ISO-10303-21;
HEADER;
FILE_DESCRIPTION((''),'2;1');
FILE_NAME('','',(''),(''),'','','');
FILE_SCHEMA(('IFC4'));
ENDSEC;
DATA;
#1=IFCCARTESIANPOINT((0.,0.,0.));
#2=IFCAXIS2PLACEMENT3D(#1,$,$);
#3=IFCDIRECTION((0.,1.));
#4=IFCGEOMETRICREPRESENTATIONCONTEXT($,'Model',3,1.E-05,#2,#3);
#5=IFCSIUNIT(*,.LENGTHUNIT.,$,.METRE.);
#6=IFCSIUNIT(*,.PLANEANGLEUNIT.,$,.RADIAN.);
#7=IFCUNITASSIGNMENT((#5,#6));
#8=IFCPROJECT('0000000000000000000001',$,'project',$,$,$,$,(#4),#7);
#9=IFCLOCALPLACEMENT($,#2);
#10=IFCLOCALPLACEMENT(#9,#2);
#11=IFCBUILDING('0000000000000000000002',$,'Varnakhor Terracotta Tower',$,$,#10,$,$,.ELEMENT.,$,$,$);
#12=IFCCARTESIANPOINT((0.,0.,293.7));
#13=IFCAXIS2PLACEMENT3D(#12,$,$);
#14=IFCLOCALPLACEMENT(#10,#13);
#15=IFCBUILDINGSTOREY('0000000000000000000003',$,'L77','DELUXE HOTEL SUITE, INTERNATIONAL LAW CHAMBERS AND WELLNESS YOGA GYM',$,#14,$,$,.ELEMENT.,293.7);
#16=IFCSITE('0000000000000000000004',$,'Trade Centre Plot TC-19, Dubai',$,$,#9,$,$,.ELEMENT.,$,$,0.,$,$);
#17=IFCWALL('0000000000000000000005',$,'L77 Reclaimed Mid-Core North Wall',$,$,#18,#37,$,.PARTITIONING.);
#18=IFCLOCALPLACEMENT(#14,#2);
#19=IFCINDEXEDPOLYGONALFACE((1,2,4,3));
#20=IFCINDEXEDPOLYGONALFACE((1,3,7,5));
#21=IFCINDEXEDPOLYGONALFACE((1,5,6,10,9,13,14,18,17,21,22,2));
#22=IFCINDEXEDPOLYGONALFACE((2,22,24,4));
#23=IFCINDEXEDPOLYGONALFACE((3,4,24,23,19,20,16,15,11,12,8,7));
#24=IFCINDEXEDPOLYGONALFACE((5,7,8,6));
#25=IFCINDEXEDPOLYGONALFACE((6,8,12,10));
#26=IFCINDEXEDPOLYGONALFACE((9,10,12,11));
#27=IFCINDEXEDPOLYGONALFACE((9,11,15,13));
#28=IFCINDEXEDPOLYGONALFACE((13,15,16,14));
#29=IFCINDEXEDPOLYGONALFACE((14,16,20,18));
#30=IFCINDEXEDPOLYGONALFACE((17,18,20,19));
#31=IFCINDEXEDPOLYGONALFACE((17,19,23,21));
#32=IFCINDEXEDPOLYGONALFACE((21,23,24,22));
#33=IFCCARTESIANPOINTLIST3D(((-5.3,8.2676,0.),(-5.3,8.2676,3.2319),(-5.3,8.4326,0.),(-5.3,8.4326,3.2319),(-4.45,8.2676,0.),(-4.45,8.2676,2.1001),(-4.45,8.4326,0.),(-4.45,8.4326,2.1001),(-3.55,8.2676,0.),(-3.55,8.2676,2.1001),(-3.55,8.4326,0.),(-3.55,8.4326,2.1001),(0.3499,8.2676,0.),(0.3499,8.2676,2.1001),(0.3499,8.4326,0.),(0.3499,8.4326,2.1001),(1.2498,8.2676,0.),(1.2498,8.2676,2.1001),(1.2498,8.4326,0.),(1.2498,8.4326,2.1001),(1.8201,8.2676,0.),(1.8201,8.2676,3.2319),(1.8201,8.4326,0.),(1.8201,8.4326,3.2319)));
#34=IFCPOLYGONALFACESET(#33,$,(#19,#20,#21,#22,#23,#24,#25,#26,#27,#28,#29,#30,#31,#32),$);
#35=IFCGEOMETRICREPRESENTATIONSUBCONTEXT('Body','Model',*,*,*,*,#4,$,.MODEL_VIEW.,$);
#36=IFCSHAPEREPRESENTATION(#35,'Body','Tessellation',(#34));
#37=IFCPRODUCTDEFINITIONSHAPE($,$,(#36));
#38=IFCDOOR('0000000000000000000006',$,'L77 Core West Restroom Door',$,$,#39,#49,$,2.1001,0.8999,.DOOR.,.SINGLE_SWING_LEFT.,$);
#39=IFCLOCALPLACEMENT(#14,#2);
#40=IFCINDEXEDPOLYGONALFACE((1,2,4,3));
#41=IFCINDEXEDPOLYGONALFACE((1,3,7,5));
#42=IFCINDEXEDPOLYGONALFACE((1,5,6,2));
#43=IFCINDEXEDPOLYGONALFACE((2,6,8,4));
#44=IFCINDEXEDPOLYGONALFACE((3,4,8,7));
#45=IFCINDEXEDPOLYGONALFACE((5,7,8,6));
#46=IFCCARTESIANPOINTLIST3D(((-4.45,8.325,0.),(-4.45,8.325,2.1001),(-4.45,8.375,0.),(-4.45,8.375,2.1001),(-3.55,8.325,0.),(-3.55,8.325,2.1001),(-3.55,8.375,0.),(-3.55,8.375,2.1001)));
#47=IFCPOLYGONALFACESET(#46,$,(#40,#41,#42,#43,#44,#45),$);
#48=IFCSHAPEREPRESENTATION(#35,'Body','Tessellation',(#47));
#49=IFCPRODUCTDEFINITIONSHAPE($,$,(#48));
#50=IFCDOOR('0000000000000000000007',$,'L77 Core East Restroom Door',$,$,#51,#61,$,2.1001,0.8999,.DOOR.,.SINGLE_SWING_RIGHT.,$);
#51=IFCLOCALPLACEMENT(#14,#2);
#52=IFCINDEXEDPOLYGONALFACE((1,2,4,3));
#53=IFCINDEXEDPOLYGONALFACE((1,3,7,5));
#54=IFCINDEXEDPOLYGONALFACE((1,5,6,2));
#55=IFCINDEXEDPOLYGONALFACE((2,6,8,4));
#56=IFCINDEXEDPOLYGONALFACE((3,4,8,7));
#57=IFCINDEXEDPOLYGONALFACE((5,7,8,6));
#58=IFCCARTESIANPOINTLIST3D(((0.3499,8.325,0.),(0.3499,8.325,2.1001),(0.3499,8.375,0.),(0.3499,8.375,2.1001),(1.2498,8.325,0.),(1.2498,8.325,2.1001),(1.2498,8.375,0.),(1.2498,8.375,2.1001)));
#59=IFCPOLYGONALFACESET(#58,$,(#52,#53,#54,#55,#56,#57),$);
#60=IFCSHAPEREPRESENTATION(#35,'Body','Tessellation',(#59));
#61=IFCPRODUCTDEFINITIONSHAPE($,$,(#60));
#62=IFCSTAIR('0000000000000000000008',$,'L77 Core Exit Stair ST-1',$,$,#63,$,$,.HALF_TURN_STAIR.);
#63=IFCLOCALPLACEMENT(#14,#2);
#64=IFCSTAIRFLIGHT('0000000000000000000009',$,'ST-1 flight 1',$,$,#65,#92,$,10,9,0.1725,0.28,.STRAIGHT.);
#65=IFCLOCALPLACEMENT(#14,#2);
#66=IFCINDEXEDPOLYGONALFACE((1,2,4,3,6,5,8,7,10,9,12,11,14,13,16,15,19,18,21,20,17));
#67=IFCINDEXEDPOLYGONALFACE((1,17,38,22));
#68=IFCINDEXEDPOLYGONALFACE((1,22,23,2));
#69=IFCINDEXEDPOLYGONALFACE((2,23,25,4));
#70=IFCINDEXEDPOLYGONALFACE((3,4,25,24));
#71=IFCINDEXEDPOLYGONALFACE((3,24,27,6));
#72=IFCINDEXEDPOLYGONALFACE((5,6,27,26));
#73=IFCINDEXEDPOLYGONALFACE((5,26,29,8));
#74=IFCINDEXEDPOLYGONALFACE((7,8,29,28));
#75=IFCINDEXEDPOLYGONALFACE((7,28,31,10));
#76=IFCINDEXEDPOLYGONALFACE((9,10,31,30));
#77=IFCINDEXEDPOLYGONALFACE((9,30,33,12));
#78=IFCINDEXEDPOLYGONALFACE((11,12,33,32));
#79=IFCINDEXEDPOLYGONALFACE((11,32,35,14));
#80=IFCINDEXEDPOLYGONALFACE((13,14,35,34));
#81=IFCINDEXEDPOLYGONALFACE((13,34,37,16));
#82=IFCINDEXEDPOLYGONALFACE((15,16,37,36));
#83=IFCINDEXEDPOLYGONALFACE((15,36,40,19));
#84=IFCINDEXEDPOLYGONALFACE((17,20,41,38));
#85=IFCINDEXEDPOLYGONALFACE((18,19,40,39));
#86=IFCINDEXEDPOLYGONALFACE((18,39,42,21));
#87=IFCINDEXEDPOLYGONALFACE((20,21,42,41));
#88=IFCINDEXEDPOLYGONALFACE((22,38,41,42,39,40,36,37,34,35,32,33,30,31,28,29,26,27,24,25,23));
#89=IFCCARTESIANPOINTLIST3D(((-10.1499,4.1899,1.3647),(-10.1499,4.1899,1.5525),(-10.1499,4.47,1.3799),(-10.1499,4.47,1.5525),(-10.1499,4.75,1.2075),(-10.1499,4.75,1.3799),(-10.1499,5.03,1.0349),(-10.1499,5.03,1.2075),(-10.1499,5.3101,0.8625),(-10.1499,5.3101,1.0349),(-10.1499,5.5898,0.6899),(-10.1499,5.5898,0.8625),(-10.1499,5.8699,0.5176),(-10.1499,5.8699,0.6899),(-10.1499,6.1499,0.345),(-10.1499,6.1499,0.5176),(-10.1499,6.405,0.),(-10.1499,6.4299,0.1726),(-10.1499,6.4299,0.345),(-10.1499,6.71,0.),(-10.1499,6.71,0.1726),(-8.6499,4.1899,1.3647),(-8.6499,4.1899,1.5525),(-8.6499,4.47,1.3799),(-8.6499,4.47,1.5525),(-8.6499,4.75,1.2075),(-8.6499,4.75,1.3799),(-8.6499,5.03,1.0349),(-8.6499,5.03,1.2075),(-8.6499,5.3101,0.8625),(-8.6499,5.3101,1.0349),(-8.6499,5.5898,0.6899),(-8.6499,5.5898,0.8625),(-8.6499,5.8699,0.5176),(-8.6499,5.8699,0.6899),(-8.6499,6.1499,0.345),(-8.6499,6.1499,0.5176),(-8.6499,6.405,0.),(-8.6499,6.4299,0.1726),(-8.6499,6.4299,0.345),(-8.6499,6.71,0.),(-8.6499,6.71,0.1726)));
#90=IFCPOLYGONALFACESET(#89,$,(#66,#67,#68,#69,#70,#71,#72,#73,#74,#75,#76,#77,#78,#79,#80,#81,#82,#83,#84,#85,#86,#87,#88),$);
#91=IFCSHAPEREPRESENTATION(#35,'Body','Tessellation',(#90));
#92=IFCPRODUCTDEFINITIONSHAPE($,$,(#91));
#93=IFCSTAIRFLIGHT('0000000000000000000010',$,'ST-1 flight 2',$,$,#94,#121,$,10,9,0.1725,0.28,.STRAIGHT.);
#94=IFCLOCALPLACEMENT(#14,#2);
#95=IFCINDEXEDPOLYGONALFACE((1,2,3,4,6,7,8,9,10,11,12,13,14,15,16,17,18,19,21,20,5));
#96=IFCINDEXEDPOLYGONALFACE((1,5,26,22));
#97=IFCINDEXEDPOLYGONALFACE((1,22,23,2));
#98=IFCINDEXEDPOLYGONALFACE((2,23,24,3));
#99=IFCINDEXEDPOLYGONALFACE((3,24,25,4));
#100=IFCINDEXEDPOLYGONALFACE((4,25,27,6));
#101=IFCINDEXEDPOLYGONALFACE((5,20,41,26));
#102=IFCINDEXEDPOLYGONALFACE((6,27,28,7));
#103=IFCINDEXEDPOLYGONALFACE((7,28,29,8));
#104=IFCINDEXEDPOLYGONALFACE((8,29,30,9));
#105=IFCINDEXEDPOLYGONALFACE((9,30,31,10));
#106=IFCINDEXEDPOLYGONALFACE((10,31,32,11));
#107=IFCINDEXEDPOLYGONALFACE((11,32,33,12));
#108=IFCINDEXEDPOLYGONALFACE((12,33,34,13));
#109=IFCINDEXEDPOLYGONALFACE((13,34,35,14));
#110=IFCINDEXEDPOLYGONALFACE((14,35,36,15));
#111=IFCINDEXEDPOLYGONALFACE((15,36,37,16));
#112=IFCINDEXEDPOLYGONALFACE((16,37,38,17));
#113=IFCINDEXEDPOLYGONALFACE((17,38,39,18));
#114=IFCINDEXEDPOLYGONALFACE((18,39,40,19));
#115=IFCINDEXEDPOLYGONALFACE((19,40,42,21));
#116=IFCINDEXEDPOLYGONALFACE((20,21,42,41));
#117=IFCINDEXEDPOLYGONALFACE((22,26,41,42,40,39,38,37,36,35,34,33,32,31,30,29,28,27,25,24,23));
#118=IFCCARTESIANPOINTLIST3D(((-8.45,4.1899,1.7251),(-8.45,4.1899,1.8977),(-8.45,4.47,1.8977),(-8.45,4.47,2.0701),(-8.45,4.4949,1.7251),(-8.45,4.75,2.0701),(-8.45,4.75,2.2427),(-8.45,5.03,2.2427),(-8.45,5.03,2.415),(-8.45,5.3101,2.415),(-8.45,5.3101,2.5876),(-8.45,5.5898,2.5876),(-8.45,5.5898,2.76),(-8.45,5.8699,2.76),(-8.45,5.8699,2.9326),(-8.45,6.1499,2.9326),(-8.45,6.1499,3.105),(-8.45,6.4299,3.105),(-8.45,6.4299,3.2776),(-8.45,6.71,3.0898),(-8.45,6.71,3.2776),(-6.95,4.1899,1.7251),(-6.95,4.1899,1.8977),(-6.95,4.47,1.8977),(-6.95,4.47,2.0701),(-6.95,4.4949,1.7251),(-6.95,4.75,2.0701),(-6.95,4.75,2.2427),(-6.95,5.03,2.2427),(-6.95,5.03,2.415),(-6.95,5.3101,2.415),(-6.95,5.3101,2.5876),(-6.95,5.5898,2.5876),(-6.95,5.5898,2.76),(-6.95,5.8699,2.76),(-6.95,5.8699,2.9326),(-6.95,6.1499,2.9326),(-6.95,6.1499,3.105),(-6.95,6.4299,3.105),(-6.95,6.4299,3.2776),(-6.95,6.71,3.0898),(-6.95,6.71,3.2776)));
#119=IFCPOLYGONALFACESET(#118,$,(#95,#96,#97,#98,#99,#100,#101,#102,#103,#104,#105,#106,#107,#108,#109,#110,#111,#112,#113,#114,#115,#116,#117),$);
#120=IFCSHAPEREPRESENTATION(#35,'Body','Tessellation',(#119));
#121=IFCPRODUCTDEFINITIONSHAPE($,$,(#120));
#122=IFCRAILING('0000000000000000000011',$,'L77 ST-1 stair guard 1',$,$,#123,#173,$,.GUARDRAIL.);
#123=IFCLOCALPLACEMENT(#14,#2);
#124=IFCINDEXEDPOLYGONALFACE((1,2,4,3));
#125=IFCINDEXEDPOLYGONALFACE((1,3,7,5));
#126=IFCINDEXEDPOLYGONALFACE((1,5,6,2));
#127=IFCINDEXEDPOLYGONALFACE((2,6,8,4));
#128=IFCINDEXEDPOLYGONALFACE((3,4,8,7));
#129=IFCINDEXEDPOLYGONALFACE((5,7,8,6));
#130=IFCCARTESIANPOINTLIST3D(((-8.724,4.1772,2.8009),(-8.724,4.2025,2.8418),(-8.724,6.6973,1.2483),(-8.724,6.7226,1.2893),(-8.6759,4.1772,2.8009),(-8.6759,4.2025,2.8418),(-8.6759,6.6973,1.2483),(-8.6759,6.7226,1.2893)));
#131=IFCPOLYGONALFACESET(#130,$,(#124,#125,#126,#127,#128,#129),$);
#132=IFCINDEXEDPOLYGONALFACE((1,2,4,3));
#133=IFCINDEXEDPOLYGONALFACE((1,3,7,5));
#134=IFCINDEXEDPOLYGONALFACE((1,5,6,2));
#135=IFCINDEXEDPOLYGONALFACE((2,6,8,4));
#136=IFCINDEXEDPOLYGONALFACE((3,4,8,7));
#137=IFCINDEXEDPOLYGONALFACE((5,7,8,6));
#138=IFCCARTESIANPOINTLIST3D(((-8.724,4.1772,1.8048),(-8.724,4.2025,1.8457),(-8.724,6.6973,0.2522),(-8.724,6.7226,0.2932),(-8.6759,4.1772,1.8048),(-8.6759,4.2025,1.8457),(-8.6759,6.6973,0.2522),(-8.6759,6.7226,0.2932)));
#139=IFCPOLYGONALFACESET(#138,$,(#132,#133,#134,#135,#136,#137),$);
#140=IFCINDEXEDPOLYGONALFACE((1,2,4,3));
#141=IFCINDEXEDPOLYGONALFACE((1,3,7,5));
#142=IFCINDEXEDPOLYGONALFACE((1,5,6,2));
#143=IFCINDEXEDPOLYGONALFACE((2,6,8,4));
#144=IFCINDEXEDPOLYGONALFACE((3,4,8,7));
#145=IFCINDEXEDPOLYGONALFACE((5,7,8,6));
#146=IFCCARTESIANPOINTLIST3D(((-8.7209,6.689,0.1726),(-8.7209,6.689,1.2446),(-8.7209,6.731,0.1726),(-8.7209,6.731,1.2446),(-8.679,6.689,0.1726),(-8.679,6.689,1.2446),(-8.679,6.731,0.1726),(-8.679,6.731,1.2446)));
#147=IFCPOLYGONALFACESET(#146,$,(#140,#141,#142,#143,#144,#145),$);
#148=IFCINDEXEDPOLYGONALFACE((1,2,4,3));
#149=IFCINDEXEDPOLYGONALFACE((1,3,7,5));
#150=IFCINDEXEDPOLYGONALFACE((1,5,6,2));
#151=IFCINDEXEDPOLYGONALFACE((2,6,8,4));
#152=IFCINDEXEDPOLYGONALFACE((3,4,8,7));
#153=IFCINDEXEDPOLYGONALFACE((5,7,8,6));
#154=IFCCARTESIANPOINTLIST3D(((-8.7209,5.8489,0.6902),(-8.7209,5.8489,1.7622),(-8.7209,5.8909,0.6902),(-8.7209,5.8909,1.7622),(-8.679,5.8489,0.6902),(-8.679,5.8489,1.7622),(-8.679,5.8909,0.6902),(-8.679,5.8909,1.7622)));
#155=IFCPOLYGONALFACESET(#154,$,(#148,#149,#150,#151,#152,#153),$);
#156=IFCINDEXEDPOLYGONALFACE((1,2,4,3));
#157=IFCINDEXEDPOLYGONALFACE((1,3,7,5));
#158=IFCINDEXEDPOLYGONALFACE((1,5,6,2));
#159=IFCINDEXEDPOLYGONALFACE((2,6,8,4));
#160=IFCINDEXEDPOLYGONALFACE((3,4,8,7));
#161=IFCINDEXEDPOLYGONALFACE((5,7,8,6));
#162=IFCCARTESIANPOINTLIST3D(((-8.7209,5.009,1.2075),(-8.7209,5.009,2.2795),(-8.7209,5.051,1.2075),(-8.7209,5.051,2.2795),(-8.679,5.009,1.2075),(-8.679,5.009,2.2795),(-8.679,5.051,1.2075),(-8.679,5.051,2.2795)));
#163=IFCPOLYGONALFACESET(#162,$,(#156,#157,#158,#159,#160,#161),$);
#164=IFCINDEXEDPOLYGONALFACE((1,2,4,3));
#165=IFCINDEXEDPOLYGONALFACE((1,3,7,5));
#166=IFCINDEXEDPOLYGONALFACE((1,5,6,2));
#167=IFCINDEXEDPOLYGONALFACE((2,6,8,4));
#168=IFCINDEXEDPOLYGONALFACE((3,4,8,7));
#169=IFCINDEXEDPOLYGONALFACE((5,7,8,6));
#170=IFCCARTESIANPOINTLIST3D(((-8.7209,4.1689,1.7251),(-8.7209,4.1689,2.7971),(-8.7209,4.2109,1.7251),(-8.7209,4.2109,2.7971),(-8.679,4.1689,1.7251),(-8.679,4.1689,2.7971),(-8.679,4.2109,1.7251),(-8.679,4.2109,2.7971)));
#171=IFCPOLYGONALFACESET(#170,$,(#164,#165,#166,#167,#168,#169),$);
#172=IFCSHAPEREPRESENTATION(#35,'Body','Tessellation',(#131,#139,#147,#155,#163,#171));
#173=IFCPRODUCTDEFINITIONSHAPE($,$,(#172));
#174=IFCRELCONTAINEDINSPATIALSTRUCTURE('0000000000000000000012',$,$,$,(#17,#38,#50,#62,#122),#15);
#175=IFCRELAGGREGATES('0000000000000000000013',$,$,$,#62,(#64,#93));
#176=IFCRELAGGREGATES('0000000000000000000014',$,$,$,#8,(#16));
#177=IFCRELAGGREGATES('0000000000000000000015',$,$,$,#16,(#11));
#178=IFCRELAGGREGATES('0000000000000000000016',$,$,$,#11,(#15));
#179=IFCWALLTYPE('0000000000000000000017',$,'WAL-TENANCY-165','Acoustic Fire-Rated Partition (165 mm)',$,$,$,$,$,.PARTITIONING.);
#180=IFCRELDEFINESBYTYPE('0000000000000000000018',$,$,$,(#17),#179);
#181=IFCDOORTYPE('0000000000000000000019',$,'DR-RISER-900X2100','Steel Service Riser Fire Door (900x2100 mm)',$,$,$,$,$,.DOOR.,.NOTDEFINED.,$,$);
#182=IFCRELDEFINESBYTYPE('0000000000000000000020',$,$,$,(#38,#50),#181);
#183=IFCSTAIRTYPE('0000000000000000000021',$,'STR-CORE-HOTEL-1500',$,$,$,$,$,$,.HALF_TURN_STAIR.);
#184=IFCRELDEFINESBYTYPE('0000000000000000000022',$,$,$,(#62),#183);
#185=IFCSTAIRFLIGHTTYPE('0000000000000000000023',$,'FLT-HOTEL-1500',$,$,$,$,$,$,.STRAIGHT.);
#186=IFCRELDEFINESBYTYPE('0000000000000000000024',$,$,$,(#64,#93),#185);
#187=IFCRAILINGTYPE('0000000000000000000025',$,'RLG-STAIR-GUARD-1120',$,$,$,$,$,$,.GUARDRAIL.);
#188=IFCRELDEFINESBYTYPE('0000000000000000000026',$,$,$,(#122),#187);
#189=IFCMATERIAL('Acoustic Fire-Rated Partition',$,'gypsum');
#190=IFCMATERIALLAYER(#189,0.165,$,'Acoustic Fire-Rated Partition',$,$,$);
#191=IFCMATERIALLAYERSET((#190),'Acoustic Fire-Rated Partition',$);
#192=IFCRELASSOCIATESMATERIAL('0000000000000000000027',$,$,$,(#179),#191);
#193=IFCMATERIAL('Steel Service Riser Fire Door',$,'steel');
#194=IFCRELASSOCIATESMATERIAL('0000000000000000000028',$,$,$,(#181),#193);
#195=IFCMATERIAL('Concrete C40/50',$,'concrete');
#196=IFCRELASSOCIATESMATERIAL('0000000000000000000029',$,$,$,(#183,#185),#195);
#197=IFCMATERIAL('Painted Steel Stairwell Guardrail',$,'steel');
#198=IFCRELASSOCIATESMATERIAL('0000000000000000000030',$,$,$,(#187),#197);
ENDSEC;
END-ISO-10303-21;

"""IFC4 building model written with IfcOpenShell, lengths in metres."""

from ifc_helpers import new_model, si_unit, direction, frame, frame_2d, origin, origin_2d, place, context, subcontext, project, spatial, polyline, rectangle, outline, extrude, source, transform, mapped, material, layer, layer_set, type_object, type_shapes, element, fill, aggregate, save


model = new_model("IFC4")

# Units and contexts
model_context = context("Model", 3, precision=1e-05, world=origin(), true_north=direction((0.0, 1.0)))
body_context = subcontext(model_context, "Body", "Model", "MODEL_VIEW")
ifc_project = project(units=[si_unit("LENGTHUNIT", "METRE"), si_unit("PLANEANGLEUNIT", "RADIAN")], contexts=[model_context])

# Site, building, storey
site_placement = place(None, origin())
site = spatial("IfcSite", under=ifc_project, at=site_placement, Name="Trade Centre Plot TC-19, Dubai", CompositionType="ELEMENT", RefElevation=0.0)
building_placement = place(site_placement, origin())
building = spatial("IfcBuilding", under=site, at=building_placement, Name="Varnakhor Terracotta Tower", CompositionType="ELEMENT")
storey_placement = place(building_placement, frame((0.0, 0.0, 293.7)))
storey = spatial("IfcBuildingStorey", under=building, at=storey_placement, Name="L77", Description="DELUXE HOTEL SUITE, INTERNATIONAL LAW CHAMBERS AND WELLNESS YOGA GYM", CompositionType="ELEMENT", Elevation=293.7)

# Shared definitions
ifc_material_1 = material(Name="Concrete C40/50", Category="concrete")

# Shared definitions
ifc_material_2 = material(Name="Acoustic Fire-Rated Partition", Category="gypsum")
ifc_layer_1 = layer(ifc_material_2, 0.165, Name="Acoustic Fire-Rated Partition")
ifc_layer_set_1 = layer_set([ifc_layer_1], Name="Acoustic Fire-Rated Partition")
wall_type_1 = type_object("IfcWallType", Name="WAL-TENANCY-165", Description="Acoustic Fire-Rated Partition (165 mm)", PredefinedType="PARTITIONING", material=ifc_layer_set_1)
ifc_material_3 = material(Name="Steel Service Riser Fire Door", Category="steel")
door_type_1 = type_object("IfcDoorType", Name="DR-RISER-900X2100", Description="Steel Service Riser Fire Door (900x2100 mm)", OperationType="NOTDEFINED", PredefinedType="DOOR", material=ifc_material_3)
shared_shape_1 = source(origin(), body_context, "Body", "SweptSolid", [
    extrude(rectangle(XDim=0.8999, YDim=2.1001, at=frame_2d((0.45, 1.05))), frame((0.0, 0.0249, 0.0), z_axis=(0.0, -1.0, 0.0), x_axis=(1.0, 0.0, 0.0)), (0.0, 0.0, 1.0), 0.05),
])
type_shapes(door_type_1, [shared_shape_1])

# Wall, openings, doors
wall_1_placement = place(storey_placement, frame((-5.3, 8.3501, 0.0), z_axis=(0.0, 0.0, 1.0), x_axis=(1.0, 0.0, 0.0)))
wall_1 = element("IfcWall", 1, at=wall_1_placement, inside=storey, type_object=wall_type_1, Name="L77 Reclaimed Mid-Core North Wall", PredefinedType="PARTITIONING", context=body_context, shape_type="SweptSolid", body=[
    extrude(rectangle(XDim=7.1201, YDim=0.165, at=frame_2d((3.5601, 0.0))), origin(), (0.0, 0.0, 1.0), 3.2319),
])
opening_1_placement = place(wall_1_placement, frame((0.8501, 0.0, 0.0)))
opening_1 = element("IfcOpeningElement", 2, at=opening_1_placement, cuts=wall_1, PredefinedType="OPENING", context=body_context, shape_type="SweptSolid", body=[
    extrude(rectangle(XDim=0.8999, YDim=2.1001, at=frame_2d((0.45, 1.05))), frame((0.0, 0.0925, 0.0), z_axis=(0.0, -1.0, 0.0), x_axis=(1.0, 0.0, 0.0)), (0.0, 0.0, 1.0), 0.1851),
])
opening_2_placement = place(wall_1_placement, frame((5.6499, 0.0, 0.0)))
opening_2 = element("IfcOpeningElement", 3, at=opening_2_placement, cuts=wall_1, PredefinedType="OPENING", context=body_context, shape_type="SweptSolid", body=[
    extrude(rectangle(XDim=0.8999, YDim=2.1001, at=frame_2d((0.45, 1.05))), frame((0.0, 0.0925, 0.0), z_axis=(0.0, -1.0, 0.0), x_axis=(1.0, 0.0, 0.0)), (0.0, 0.0, 1.0), 0.1851),
])
door_1_placement = place(opening_1_placement, origin())
door_1 = element("IfcDoor", 4, at=door_1_placement, inside=storey, type_object=door_type_1, Name="L77 Core West Restroom Door", OperationType="SINGLE_SWING_LEFT", OverallHeight=2.1001, OverallWidth=0.8999, PredefinedType="DOOR", context=body_context, shape_type="MappedRepresentation", body=[
    mapped(shared_shape_1, transform((0.0, 0.0, 0.0), scale=1.0)),
])
fill(opening_1, door_1)
door_2_placement = place(opening_2_placement, origin())
door_2 = element("IfcDoor", 5, at=door_2_placement, inside=storey, type_object=door_type_1, Name="L77 Core East Restroom Door", OperationType="SINGLE_SWING_RIGHT", OverallHeight=2.1001, OverallWidth=0.8999, PredefinedType="DOOR", context=body_context, shape_type="MappedRepresentation", body=[
    mapped(shared_shape_1, transform((0.0, 0.0, 0.0), scale=1.0)),
])
fill(opening_2, door_2)

# Stair, stair flights
stair_type = type_object("IfcStairType", Name="STR-CORE-HOTEL-1500", PredefinedType="HALF_TURN_STAIR", material=ifc_material_1)
stair_placement = place(storey_placement, origin())
stair = element("IfcStair", 6, at=stair_placement, inside=storey, type_object=stair_type, Name="L77 Core Exit Stair ST-1", PredefinedType="HALF_TURN_STAIR")
stair_flight_type = type_object("IfcStairFlightType", Name="FLT-HOTEL-1500", PredefinedType="STRAIGHT", material=ifc_material_1)
stair_flight_1_placement = place(storey_placement, frame((-9.3999, 6.71, 0.0), z_axis=(0.0, 0.0, 1.0), x_axis=(0.0, -1.0, 0.0)))
stair_flight_1 = element("IfcStairFlight", 7, at=stair_flight_1_placement, type_object=stair_flight_type, Name="ST-1 flight 1", NumberOfRisers=10, NumberOfTreads=9, PredefinedType="STRAIGHT", RiserHeight=0.1725, TreadLength=0.28, context=body_context, shape_type="SweptSolid", body=[
    extrude(outline(polyline([(0.0, 0.0), (0.0, 0.1726), (0.28, 0.1726), (0.28, 0.345), (0.5601, 0.345), (0.5601, 0.5176), (0.8401, 0.5176), (0.8401, 0.6899), (1.1201, 0.6899), (1.1201, 0.8625), (1.3999, 0.8625), (1.3999, 1.0349), (1.6799, 1.0349), (1.6799, 1.2075), (1.96, 1.2075), (1.96, 1.3799), (2.24, 1.3799), (2.24, 1.5525), (2.52, 1.5525), (2.52, 1.7251), (2.52, 1.3647), (0.3049, 0.0), (0.0, 0.0)])), frame((0.0, 0.75, 0.0), z_axis=(0.0, -1.0, 0.0), x_axis=(1.0, 0.0, 0.0)), (0.0, 0.0, 1.0), 1.5),
])
stair_flight_2_placement = place(storey_placement, frame((-7.7, 4.1899, 1.7251), z_axis=(0.0, 0.0, 1.0), x_axis=(0.0, 1.0, 0.0)))
stair_flight_2 = element("IfcStairFlight", 8, at=stair_flight_2_placement, type_object=stair_flight_type, Name="ST-1 flight 2", NumberOfRisers=10, NumberOfTreads=9, PredefinedType="STRAIGHT", RiserHeight=0.1725, TreadLength=0.28, context=body_context, shape_type="SweptSolid", body=[
    extrude(outline(polyline([(0.0, 0.0), (0.0, 0.1726), (0.28, 0.1726), (0.28, 0.345), (0.5601, 0.345), (0.5601, 0.5176), (0.8401, 0.5176), (0.8401, 0.6899), (1.1201, 0.6899), (1.1201, 0.8625), (1.3999, 0.8625), (1.3999, 1.0349), (1.6799, 1.0349), (1.6799, 1.2075), (1.96, 1.2075), (1.96, 1.3799), (2.24, 1.3799), (2.24, 1.5525), (2.52, 1.5525), (2.52, 1.7251), (2.52, 1.3647), (0.3049, 0.0), (0.0, 0.0)])), frame((0.0, 0.75, 0.0), z_axis=(0.0, -1.0, 0.0), x_axis=(1.0, 0.0, 0.0)), (0.0, 0.0, 1.0), 1.5),
])
aggregate(stair, [stair_flight_1, stair_flight_2])

# Railing
ifc_material_4 = material(Name="Painted Steel Stairwell Guardrail", Category="steel")
railing_type_1 = type_object("IfcRailingType", Name="RLG-STAIR-GUARD-1120", PredefinedType="GUARDRAIL", material=ifc_material_4)
railing_1_placement = place(storey_placement, frame((-8.7, 6.71, 0.1726)))
element("IfcRailing", 9, at=railing_1_placement, inside=storey, type_object=railing_type_1, Name="L77 ST-1 stair guard 1", PredefinedType="GUARDRAIL", context=body_context, shape_type="SweptSolid", body=[
    extrude(rectangle(XDim=0.0481, YDim=0.0481, at=origin_2d()), frame((0.0, 0.0, 1.0962), z_axis=(0.0, -0.8514, 0.524516), x_axis=(1.0, 0.0, 0.0)), (0.0, 0.0, 1.0), 2.96),
    extrude(rectangle(XDim=0.0481, YDim=0.0481, at=origin_2d()), frame((0.0, 0.0, 0.1001), z_axis=(0.0, -0.8514, 0.524516), x_axis=(1.0, 0.0, 0.0)), (0.0, 0.0, 1.0), 2.96),
    extrude(rectangle(XDim=0.042, YDim=0.042, at=origin_2d()), origin(), (0.0, 0.0, 1.0), 1.072),
    extrude(rectangle(XDim=0.042, YDim=0.042, at=origin_2d()), frame((0.0, -0.8401, 0.5176)), (0.0, 0.0, 1.0), 1.072),
    extrude(rectangle(XDim=0.042, YDim=0.042, at=origin_2d()), frame((0.0, -1.6799, 1.0349)), (0.0, 0.0, 1.0), 1.072),
    extrude(rectangle(XDim=0.042, YDim=0.042, at=origin_2d()), frame((0.0, -2.52, 1.5525)), (0.0, 0.0, 1.0), 1.072),
])

save(model, "model.ifc")
